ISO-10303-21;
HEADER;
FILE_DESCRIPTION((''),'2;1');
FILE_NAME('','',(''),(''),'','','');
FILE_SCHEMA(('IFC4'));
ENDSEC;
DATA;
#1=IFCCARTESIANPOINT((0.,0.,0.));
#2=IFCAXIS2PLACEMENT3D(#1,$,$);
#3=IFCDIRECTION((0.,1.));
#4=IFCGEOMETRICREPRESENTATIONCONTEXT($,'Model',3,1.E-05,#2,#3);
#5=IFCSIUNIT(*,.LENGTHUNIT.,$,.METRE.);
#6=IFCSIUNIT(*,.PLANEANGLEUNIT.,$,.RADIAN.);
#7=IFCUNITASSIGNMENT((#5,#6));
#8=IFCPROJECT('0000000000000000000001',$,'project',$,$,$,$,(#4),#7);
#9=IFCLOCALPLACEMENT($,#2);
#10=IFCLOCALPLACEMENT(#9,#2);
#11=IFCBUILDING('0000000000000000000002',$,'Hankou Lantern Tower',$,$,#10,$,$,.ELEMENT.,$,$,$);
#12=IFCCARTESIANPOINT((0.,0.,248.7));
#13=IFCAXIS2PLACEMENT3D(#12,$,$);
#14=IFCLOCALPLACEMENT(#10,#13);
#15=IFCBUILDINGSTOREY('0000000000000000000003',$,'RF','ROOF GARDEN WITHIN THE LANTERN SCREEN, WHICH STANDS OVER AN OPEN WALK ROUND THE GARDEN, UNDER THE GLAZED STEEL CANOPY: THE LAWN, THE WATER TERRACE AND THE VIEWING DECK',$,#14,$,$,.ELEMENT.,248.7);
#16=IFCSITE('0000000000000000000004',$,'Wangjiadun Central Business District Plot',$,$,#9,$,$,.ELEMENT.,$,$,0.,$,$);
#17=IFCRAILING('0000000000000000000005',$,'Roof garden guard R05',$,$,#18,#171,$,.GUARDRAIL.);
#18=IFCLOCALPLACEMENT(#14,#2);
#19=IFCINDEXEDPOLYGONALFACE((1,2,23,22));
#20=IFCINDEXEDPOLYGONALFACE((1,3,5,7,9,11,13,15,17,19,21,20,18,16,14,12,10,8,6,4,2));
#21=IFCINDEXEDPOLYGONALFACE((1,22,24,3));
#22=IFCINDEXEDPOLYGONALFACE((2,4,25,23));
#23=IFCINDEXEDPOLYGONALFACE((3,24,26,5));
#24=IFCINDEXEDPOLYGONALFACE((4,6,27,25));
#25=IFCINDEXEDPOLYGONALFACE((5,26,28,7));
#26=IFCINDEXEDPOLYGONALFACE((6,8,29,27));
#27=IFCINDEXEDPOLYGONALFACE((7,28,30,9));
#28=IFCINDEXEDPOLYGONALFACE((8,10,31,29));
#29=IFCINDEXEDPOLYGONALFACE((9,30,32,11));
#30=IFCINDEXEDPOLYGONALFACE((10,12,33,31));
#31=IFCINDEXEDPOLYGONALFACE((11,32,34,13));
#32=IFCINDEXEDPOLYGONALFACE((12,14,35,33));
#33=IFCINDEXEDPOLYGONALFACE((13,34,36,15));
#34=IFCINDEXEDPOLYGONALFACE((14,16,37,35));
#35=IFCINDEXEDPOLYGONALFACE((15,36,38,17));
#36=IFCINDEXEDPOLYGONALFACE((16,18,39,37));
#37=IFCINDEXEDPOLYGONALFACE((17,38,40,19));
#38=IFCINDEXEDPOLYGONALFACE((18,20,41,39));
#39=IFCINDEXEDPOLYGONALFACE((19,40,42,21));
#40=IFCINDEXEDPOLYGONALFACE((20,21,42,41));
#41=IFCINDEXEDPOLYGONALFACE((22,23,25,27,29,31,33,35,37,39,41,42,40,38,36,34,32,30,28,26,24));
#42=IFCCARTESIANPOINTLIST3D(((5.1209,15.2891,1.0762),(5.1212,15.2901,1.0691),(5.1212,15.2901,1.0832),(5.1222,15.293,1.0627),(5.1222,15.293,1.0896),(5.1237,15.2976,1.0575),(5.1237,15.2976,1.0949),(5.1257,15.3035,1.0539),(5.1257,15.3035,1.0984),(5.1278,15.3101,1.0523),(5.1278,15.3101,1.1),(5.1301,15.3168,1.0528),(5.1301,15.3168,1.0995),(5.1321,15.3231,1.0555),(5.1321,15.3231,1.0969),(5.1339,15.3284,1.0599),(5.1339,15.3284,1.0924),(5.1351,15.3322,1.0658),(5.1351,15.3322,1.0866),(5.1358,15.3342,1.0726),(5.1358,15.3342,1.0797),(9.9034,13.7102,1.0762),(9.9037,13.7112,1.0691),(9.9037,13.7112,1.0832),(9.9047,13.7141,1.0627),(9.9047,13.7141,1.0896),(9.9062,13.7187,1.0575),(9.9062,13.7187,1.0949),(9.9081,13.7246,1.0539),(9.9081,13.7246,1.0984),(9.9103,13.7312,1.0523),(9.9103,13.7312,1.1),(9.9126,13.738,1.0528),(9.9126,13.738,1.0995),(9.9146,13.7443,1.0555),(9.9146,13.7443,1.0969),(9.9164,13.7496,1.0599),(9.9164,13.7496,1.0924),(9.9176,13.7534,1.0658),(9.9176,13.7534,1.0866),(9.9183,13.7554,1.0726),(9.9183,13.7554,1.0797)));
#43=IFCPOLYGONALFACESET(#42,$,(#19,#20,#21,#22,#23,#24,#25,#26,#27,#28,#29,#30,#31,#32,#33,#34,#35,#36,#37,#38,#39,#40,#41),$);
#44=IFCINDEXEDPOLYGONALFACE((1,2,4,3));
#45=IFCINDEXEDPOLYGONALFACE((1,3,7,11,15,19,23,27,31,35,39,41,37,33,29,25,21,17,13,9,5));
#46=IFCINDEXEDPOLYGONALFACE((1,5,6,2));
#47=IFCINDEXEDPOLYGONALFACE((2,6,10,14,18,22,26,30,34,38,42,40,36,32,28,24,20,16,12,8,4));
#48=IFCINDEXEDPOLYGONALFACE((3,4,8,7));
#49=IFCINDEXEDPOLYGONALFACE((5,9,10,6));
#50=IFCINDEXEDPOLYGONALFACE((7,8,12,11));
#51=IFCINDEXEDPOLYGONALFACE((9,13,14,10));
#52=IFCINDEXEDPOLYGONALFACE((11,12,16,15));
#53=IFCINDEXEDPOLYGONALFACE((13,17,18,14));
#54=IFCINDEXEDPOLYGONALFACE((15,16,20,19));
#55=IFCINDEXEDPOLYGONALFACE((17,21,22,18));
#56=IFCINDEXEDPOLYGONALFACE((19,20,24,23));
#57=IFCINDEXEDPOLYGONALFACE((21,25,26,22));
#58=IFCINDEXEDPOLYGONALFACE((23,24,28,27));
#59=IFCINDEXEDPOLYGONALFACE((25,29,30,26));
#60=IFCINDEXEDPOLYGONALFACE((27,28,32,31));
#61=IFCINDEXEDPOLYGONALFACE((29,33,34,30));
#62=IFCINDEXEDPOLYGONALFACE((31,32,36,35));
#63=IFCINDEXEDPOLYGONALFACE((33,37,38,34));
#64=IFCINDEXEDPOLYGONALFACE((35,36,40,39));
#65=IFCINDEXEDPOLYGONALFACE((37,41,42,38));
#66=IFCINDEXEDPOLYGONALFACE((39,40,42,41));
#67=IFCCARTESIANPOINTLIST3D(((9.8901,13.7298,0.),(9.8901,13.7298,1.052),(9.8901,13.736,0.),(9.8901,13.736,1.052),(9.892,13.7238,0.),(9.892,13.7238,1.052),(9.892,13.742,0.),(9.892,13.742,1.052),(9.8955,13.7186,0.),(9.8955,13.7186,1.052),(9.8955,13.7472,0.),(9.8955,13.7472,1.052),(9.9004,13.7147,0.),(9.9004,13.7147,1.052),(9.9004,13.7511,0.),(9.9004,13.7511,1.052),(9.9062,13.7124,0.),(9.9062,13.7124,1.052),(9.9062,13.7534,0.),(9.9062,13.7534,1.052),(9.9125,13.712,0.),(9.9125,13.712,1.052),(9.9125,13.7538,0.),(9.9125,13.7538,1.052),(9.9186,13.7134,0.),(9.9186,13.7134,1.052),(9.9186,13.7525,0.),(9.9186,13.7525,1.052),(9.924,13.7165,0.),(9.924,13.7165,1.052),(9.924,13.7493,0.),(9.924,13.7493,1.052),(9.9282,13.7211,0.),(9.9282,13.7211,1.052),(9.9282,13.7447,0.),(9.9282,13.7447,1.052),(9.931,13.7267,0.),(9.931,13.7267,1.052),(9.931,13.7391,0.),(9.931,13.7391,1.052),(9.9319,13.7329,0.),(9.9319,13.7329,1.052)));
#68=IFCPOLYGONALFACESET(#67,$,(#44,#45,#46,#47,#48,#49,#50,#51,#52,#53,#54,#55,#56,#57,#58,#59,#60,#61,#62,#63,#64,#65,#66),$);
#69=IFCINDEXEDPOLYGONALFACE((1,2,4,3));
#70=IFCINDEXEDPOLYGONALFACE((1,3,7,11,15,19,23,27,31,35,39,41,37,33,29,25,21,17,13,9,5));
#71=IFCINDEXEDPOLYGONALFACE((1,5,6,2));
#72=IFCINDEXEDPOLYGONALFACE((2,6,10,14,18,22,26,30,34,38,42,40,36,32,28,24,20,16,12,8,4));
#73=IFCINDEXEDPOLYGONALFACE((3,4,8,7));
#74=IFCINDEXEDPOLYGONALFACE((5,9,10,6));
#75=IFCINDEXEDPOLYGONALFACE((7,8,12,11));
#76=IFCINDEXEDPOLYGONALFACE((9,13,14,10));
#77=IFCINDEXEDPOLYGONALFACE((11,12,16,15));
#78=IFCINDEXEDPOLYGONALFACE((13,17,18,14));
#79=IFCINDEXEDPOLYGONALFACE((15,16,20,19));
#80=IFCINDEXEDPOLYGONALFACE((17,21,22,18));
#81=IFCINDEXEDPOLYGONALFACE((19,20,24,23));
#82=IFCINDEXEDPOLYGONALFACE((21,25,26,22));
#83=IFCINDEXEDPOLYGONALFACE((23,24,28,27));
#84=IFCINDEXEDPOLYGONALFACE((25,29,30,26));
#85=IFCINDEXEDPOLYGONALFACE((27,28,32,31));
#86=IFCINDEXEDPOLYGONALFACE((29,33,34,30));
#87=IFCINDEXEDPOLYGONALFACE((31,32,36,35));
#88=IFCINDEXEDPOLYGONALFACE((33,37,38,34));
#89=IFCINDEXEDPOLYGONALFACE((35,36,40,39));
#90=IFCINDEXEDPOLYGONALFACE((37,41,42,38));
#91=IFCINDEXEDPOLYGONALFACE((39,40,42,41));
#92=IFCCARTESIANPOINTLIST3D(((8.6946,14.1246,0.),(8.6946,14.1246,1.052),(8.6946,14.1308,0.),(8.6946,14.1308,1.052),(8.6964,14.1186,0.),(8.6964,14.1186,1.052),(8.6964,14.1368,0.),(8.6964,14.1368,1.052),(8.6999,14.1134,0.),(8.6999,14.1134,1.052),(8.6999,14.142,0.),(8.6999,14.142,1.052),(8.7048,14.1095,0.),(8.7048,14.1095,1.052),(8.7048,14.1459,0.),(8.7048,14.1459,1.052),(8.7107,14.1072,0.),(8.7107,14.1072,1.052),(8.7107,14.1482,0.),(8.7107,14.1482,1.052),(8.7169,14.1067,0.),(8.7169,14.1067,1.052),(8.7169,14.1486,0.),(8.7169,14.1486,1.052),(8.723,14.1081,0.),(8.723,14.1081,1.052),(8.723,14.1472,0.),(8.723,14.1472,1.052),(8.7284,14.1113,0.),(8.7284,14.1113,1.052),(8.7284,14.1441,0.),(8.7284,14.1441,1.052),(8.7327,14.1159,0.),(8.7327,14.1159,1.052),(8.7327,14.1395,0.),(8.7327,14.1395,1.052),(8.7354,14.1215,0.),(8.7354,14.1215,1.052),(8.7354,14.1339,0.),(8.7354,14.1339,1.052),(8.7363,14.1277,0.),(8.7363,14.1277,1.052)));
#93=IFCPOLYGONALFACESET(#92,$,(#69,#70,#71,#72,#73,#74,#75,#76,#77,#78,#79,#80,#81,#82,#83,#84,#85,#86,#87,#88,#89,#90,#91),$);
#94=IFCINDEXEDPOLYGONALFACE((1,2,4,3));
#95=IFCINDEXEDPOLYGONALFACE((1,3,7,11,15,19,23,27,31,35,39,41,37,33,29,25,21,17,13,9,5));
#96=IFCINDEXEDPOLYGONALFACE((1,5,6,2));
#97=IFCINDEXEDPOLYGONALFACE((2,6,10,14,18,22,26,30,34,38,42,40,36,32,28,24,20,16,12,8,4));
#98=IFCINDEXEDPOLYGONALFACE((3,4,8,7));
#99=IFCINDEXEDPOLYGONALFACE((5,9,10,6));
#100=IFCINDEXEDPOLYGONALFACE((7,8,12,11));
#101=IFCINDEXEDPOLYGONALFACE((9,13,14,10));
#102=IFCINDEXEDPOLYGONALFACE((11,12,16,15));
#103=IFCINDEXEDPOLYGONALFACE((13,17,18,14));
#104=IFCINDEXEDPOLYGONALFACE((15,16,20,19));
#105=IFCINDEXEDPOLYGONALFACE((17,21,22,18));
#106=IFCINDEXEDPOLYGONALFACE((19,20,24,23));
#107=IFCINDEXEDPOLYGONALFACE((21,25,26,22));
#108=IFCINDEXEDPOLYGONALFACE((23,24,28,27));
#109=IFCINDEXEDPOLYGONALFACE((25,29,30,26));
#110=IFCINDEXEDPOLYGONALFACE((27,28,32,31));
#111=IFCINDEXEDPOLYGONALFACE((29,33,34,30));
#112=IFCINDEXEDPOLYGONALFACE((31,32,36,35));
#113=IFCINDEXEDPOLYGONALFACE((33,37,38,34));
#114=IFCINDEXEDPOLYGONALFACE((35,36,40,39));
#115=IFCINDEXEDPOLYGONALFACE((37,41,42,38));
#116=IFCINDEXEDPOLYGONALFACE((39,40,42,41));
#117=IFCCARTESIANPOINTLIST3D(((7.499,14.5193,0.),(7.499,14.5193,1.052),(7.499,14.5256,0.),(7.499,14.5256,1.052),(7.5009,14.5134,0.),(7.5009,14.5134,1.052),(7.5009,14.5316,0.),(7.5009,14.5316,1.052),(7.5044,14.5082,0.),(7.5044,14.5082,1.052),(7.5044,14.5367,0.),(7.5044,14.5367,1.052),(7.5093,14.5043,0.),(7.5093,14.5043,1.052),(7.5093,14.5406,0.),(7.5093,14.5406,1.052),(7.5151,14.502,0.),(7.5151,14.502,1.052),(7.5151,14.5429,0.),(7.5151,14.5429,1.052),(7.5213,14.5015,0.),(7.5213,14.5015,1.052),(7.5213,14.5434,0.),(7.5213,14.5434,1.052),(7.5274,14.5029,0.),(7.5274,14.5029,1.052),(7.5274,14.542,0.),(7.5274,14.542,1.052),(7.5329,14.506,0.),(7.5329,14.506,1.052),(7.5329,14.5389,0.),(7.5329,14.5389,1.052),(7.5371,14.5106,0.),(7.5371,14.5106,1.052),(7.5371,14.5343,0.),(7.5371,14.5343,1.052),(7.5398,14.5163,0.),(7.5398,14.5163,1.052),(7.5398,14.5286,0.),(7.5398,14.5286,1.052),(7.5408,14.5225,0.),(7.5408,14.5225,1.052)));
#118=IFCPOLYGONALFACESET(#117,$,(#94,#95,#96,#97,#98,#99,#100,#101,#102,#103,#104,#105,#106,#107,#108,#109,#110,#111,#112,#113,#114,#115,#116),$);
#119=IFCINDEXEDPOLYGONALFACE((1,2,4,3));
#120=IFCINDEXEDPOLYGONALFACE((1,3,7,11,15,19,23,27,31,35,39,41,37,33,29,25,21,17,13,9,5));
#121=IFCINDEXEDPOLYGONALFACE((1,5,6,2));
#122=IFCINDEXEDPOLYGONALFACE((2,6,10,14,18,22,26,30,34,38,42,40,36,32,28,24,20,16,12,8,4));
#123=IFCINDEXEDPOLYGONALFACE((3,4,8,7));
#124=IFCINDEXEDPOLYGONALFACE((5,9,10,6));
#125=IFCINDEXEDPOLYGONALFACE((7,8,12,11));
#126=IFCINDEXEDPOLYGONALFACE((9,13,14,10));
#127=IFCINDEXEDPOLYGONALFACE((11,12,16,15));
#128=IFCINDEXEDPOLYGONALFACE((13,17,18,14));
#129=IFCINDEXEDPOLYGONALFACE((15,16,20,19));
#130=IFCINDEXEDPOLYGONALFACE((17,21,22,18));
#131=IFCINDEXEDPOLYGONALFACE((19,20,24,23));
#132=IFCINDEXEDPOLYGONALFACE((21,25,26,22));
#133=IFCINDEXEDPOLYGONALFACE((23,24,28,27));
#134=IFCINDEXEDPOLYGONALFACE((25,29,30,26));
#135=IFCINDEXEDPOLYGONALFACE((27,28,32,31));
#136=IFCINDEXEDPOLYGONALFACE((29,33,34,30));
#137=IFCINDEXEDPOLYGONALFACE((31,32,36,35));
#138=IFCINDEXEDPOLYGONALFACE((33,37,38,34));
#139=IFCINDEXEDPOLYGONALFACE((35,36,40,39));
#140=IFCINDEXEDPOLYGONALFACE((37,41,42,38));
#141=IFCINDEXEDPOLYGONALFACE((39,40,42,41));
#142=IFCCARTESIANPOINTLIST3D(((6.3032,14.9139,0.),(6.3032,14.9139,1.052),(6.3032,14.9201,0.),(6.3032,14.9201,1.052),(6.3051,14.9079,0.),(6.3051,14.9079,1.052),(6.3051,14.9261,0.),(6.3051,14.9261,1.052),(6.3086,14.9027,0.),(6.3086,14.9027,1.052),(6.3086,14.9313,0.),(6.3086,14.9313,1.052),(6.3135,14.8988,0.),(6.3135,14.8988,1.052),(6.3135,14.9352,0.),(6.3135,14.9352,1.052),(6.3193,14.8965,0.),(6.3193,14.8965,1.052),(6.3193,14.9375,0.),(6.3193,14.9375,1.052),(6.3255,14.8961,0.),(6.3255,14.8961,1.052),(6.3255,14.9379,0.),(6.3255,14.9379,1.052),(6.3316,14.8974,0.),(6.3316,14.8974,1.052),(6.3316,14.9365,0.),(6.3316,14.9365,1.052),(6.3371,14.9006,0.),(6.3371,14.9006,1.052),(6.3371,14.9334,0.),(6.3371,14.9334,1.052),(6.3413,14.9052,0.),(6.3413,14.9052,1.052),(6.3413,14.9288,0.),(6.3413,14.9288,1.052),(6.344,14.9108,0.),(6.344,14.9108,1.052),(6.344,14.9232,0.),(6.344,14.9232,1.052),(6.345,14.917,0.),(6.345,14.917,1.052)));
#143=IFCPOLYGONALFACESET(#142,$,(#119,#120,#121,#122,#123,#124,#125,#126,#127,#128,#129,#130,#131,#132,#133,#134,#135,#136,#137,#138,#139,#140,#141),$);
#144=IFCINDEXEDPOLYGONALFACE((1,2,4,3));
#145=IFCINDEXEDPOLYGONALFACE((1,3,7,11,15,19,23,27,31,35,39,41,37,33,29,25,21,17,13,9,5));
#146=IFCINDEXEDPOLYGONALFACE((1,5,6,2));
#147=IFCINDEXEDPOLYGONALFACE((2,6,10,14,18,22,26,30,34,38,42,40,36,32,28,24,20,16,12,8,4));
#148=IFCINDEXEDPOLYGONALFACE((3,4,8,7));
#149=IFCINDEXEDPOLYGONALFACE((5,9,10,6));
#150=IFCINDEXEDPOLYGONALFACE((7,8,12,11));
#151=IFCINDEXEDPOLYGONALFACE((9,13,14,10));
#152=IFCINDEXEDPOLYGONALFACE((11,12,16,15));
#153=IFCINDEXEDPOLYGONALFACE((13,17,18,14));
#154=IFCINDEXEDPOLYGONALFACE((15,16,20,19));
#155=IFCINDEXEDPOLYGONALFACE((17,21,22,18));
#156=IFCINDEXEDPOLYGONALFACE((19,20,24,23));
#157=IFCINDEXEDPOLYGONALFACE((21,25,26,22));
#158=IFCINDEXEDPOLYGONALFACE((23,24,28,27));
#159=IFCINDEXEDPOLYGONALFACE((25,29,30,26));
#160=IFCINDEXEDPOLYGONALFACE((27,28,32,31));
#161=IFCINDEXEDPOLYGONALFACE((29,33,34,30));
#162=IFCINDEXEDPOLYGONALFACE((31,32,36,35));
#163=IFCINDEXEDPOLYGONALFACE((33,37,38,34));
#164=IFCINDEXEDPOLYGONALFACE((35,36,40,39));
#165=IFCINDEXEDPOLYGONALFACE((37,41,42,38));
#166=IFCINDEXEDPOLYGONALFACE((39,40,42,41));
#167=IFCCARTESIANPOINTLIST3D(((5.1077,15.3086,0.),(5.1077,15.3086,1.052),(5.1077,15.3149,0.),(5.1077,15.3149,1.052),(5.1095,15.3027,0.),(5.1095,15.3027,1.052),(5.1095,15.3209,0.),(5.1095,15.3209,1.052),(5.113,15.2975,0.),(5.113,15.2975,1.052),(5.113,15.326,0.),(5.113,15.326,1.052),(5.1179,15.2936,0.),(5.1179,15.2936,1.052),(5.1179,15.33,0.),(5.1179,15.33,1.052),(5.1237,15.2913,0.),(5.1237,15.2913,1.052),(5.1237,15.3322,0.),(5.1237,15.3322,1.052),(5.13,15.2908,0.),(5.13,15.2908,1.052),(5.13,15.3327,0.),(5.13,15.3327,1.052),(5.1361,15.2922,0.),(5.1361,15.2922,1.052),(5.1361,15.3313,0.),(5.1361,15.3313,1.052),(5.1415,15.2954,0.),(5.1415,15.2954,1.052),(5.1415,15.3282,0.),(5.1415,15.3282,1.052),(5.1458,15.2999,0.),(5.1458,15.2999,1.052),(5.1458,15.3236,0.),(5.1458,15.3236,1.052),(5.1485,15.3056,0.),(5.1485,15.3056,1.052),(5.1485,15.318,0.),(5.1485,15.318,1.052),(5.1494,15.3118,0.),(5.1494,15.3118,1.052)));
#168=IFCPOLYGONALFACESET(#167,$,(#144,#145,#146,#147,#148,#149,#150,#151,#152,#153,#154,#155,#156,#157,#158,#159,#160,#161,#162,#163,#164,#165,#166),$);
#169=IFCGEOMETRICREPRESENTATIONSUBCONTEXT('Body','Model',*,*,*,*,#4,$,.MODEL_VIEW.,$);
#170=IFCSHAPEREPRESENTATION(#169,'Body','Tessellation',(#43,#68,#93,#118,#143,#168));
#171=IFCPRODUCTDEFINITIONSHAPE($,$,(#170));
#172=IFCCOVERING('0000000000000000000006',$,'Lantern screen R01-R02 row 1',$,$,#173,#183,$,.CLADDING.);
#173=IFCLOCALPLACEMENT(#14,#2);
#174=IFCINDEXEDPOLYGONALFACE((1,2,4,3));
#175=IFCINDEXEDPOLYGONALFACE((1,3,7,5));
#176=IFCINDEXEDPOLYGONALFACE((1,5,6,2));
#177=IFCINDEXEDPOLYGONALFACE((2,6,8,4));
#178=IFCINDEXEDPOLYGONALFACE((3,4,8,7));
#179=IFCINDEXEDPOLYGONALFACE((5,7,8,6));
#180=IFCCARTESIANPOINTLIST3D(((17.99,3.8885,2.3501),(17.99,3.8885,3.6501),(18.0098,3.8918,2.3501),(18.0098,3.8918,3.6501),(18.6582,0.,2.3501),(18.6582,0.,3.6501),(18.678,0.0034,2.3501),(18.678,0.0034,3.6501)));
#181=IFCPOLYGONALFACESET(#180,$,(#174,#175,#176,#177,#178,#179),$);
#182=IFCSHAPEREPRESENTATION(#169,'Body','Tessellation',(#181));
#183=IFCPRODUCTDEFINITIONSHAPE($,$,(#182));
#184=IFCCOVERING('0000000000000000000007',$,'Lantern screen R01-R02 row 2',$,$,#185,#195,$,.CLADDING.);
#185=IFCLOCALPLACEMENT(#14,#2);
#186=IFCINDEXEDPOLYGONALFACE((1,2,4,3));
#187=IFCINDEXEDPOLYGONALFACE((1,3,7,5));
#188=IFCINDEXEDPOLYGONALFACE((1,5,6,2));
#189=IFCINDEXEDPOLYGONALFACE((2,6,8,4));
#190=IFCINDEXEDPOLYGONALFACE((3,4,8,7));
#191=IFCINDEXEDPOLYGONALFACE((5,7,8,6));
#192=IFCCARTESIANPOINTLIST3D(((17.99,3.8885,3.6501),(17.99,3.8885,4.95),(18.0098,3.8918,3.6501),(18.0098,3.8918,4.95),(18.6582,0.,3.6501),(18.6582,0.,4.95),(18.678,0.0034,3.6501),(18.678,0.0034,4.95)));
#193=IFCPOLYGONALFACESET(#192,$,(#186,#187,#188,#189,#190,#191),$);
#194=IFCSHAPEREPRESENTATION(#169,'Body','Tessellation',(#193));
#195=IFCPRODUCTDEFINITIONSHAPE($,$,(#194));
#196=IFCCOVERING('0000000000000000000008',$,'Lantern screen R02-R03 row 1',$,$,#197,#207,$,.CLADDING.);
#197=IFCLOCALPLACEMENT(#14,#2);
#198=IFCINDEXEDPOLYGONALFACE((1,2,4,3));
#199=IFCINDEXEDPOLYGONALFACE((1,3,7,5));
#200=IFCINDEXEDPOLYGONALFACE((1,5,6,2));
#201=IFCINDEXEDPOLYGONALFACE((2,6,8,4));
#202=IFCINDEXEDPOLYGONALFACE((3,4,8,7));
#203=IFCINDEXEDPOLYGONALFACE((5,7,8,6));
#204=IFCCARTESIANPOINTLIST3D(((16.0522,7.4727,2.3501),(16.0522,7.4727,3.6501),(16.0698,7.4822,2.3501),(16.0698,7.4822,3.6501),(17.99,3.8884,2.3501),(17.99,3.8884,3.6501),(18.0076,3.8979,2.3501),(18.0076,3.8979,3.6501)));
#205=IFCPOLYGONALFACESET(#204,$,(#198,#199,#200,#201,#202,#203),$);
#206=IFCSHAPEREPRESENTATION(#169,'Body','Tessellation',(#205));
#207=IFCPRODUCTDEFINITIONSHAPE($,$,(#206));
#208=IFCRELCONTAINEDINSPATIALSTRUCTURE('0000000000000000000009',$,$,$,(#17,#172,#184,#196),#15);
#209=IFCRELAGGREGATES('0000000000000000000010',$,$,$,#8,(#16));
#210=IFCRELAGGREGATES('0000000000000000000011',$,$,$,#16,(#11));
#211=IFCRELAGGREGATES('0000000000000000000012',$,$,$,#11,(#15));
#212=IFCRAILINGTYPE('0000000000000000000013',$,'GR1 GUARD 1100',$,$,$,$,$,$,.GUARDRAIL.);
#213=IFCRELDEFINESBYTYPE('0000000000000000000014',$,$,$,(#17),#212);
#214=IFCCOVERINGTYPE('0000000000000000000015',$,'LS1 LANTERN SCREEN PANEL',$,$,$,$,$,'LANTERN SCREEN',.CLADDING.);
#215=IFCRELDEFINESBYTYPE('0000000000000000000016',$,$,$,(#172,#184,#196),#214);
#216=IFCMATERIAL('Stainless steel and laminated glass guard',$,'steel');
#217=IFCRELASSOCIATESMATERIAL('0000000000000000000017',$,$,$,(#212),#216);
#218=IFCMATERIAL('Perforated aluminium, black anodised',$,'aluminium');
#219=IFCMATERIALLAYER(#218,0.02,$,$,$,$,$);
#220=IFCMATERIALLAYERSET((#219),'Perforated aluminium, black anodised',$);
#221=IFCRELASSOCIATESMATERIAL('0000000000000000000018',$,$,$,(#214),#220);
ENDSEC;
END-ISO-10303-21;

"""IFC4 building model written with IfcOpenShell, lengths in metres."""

from ifc_helpers import new_model, si_unit, direction, frame, origin, origin_2d, place, context, subcontext, project, spatial, polyline, circle, outline, extrude, material, layer, layer_set, type_object, element, save


model = new_model("IFC4")

# Units and contexts
model_context = context("Model", 3, precision=1e-05, world=origin(), true_north=direction((0.0, 1.0)))
body_context = subcontext(model_context, "Body", "Model", "MODEL_VIEW")
ifc_project = project(units=[si_unit("LENGTHUNIT", "METRE"), si_unit("PLANEANGLEUNIT", "RADIAN")], contexts=[model_context])

# Site, building, storey
site_placement = place(None, origin())
site = spatial("IfcSite", under=ifc_project, at=site_placement, Name="Wangjiadun Central Business District Plot", CompositionType="ELEMENT", RefElevation=0.0)
building_placement = place(site_placement, origin())
building = spatial("IfcBuilding", under=site, at=building_placement, Name="Hankou Lantern Tower", CompositionType="ELEMENT")
storey_placement = place(building_placement, frame((0.0, 0.0, 248.7)))
storey = spatial("IfcBuildingStorey", under=building, at=storey_placement, Name="RF", Description="ROOF GARDEN WITHIN THE LANTERN SCREEN, WHICH STANDS OVER AN OPEN WALK ROUND THE GARDEN, UNDER THE GLAZED STEEL CANOPY: THE LAWN, THE WATER TERRACE AND THE VIEWING DECK", CompositionType="ELEMENT", Elevation=248.7)

# Railing
ifc_material_1 = material(Name="Stainless steel and laminated glass guard", Category="steel")
railing_type = type_object("IfcRailingType", Name="GR1 GUARD 1100", PredefinedType="GUARDRAIL", material=ifc_material_1)
railing_1_placement = place(storey_placement, frame((9.9109, 13.7329, 0.0)))
element("IfcRailing", 1, at=railing_1_placement, inside=storey, type_object=railing_type, Name="Roof garden guard R05", PredefinedType="GUARDRAIL", context=body_context, shape_type="SweptSolid", body=[
    extrude(circle(Radius=0.0239, at=origin_2d()), frame((0.0, 0.0, 1.0762), z_axis=(-0.949591, 0.313492, 0.0), x_axis=(-0.313492, -0.949591, 0.0)), (0.0, 0.0, 1.0), 5.0364),
    extrude(circle(Radius=0.021, at=origin_2d()), origin(), (0.0, 0.0, 1.0), 1.052),
    extrude(circle(Radius=0.021, at=origin_2d()), frame((-1.1956, 0.3948, 0.0)), (0.0, 0.0, 1.0), 1.052),
    extrude(circle(Radius=0.021, at=origin_2d()), frame((-2.3911, 0.7896, 0.0)), (0.0, 0.0, 1.0), 1.052),
    extrude(circle(Radius=0.021, at=origin_2d()), frame((-3.5869, 1.1841, 0.0)), (0.0, 0.0, 1.0), 1.052),
    extrude(circle(Radius=0.021, at=origin_2d()), frame((-4.7825, 1.5789, 0.0)), (0.0, 0.0, 1.0), 1.052),
])

# Coverings
ifc_material_2 = material(Name="Perforated aluminium, black anodised", Category="aluminium")
ifc_layer_1 = layer(ifc_material_2, 0.02)
ifc_layer_set_1 = layer_set([ifc_layer_1], Name="Perforated aluminium, black anodised")
covering_type = type_object("IfcCoveringType", Name="LS1 LANTERN SCREEN PANEL", ElementType="LANTERN SCREEN", PredefinedType="CLADDING", material=ifc_layer_set_1)
covering_1_placement = place(storey_placement, frame((18.678, 0.0034, 2.3501), z_axis=(0.985554, 0.169364, 0.0), x_axis=(-0.169364, 0.985554, 0.0)))
element("IfcCovering", 2, at=covering_1_placement, inside=storey, type_object=covering_type, Name="Lantern screen R01-R02 row 1", PredefinedType="CLADDING", context=body_context, shape_type="SweptSolid", body=[
    extrude(outline(polyline([(0.0, 0.0), (3.9454, 0.0), (3.9454, 1.3), (0.0, 1.3), (0.0, 0.0)])), origin(), (0.0, 0.0, -1.0), 0.02),
])
covering_2_placement = place(storey_placement, frame((18.678, 0.0034, 3.6501), z_axis=(0.985554, 0.169364, 0.0), x_axis=(-0.169364, 0.985554, 0.0)))
element("IfcCovering", 3, at=covering_2_placement, inside=storey, type_object=covering_type, Name="Lantern screen R01-R02 row 2", PredefinedType="CLADDING", context=body_context, shape_type="SweptSolid", body=[
    extrude(outline(polyline([(0.0, 0.0), (3.9454, 0.0), (3.9454, 1.2998), (0.0, 1.2998), (0.0, 0.0)])), origin(), (0.0, 0.0, -1.0), 0.02),
])
covering_3_placement = place(storey_placement, frame((18.0076, 3.8979, 2.3501), z_axis=(0.879673, 0.475578, 0.0), x_axis=(-0.475578, 0.879673, 0.0)))
element("IfcCovering", 4, at=covering_3_placement, inside=storey, type_object=covering_type, Name="Lantern screen R02-R03 row 1", PredefinedType="CLADDING", context=body_context, shape_type="SweptSolid", body=[
    extrude(outline(polyline([(0.0, 0.0), (4.0745, 0.0), (4.0745, 1.3), (0.0, 1.3), (0.0, 0.0)])), origin(), (0.0, 0.0, -1.0), 0.02),
])

save(model, "model.ifc")
